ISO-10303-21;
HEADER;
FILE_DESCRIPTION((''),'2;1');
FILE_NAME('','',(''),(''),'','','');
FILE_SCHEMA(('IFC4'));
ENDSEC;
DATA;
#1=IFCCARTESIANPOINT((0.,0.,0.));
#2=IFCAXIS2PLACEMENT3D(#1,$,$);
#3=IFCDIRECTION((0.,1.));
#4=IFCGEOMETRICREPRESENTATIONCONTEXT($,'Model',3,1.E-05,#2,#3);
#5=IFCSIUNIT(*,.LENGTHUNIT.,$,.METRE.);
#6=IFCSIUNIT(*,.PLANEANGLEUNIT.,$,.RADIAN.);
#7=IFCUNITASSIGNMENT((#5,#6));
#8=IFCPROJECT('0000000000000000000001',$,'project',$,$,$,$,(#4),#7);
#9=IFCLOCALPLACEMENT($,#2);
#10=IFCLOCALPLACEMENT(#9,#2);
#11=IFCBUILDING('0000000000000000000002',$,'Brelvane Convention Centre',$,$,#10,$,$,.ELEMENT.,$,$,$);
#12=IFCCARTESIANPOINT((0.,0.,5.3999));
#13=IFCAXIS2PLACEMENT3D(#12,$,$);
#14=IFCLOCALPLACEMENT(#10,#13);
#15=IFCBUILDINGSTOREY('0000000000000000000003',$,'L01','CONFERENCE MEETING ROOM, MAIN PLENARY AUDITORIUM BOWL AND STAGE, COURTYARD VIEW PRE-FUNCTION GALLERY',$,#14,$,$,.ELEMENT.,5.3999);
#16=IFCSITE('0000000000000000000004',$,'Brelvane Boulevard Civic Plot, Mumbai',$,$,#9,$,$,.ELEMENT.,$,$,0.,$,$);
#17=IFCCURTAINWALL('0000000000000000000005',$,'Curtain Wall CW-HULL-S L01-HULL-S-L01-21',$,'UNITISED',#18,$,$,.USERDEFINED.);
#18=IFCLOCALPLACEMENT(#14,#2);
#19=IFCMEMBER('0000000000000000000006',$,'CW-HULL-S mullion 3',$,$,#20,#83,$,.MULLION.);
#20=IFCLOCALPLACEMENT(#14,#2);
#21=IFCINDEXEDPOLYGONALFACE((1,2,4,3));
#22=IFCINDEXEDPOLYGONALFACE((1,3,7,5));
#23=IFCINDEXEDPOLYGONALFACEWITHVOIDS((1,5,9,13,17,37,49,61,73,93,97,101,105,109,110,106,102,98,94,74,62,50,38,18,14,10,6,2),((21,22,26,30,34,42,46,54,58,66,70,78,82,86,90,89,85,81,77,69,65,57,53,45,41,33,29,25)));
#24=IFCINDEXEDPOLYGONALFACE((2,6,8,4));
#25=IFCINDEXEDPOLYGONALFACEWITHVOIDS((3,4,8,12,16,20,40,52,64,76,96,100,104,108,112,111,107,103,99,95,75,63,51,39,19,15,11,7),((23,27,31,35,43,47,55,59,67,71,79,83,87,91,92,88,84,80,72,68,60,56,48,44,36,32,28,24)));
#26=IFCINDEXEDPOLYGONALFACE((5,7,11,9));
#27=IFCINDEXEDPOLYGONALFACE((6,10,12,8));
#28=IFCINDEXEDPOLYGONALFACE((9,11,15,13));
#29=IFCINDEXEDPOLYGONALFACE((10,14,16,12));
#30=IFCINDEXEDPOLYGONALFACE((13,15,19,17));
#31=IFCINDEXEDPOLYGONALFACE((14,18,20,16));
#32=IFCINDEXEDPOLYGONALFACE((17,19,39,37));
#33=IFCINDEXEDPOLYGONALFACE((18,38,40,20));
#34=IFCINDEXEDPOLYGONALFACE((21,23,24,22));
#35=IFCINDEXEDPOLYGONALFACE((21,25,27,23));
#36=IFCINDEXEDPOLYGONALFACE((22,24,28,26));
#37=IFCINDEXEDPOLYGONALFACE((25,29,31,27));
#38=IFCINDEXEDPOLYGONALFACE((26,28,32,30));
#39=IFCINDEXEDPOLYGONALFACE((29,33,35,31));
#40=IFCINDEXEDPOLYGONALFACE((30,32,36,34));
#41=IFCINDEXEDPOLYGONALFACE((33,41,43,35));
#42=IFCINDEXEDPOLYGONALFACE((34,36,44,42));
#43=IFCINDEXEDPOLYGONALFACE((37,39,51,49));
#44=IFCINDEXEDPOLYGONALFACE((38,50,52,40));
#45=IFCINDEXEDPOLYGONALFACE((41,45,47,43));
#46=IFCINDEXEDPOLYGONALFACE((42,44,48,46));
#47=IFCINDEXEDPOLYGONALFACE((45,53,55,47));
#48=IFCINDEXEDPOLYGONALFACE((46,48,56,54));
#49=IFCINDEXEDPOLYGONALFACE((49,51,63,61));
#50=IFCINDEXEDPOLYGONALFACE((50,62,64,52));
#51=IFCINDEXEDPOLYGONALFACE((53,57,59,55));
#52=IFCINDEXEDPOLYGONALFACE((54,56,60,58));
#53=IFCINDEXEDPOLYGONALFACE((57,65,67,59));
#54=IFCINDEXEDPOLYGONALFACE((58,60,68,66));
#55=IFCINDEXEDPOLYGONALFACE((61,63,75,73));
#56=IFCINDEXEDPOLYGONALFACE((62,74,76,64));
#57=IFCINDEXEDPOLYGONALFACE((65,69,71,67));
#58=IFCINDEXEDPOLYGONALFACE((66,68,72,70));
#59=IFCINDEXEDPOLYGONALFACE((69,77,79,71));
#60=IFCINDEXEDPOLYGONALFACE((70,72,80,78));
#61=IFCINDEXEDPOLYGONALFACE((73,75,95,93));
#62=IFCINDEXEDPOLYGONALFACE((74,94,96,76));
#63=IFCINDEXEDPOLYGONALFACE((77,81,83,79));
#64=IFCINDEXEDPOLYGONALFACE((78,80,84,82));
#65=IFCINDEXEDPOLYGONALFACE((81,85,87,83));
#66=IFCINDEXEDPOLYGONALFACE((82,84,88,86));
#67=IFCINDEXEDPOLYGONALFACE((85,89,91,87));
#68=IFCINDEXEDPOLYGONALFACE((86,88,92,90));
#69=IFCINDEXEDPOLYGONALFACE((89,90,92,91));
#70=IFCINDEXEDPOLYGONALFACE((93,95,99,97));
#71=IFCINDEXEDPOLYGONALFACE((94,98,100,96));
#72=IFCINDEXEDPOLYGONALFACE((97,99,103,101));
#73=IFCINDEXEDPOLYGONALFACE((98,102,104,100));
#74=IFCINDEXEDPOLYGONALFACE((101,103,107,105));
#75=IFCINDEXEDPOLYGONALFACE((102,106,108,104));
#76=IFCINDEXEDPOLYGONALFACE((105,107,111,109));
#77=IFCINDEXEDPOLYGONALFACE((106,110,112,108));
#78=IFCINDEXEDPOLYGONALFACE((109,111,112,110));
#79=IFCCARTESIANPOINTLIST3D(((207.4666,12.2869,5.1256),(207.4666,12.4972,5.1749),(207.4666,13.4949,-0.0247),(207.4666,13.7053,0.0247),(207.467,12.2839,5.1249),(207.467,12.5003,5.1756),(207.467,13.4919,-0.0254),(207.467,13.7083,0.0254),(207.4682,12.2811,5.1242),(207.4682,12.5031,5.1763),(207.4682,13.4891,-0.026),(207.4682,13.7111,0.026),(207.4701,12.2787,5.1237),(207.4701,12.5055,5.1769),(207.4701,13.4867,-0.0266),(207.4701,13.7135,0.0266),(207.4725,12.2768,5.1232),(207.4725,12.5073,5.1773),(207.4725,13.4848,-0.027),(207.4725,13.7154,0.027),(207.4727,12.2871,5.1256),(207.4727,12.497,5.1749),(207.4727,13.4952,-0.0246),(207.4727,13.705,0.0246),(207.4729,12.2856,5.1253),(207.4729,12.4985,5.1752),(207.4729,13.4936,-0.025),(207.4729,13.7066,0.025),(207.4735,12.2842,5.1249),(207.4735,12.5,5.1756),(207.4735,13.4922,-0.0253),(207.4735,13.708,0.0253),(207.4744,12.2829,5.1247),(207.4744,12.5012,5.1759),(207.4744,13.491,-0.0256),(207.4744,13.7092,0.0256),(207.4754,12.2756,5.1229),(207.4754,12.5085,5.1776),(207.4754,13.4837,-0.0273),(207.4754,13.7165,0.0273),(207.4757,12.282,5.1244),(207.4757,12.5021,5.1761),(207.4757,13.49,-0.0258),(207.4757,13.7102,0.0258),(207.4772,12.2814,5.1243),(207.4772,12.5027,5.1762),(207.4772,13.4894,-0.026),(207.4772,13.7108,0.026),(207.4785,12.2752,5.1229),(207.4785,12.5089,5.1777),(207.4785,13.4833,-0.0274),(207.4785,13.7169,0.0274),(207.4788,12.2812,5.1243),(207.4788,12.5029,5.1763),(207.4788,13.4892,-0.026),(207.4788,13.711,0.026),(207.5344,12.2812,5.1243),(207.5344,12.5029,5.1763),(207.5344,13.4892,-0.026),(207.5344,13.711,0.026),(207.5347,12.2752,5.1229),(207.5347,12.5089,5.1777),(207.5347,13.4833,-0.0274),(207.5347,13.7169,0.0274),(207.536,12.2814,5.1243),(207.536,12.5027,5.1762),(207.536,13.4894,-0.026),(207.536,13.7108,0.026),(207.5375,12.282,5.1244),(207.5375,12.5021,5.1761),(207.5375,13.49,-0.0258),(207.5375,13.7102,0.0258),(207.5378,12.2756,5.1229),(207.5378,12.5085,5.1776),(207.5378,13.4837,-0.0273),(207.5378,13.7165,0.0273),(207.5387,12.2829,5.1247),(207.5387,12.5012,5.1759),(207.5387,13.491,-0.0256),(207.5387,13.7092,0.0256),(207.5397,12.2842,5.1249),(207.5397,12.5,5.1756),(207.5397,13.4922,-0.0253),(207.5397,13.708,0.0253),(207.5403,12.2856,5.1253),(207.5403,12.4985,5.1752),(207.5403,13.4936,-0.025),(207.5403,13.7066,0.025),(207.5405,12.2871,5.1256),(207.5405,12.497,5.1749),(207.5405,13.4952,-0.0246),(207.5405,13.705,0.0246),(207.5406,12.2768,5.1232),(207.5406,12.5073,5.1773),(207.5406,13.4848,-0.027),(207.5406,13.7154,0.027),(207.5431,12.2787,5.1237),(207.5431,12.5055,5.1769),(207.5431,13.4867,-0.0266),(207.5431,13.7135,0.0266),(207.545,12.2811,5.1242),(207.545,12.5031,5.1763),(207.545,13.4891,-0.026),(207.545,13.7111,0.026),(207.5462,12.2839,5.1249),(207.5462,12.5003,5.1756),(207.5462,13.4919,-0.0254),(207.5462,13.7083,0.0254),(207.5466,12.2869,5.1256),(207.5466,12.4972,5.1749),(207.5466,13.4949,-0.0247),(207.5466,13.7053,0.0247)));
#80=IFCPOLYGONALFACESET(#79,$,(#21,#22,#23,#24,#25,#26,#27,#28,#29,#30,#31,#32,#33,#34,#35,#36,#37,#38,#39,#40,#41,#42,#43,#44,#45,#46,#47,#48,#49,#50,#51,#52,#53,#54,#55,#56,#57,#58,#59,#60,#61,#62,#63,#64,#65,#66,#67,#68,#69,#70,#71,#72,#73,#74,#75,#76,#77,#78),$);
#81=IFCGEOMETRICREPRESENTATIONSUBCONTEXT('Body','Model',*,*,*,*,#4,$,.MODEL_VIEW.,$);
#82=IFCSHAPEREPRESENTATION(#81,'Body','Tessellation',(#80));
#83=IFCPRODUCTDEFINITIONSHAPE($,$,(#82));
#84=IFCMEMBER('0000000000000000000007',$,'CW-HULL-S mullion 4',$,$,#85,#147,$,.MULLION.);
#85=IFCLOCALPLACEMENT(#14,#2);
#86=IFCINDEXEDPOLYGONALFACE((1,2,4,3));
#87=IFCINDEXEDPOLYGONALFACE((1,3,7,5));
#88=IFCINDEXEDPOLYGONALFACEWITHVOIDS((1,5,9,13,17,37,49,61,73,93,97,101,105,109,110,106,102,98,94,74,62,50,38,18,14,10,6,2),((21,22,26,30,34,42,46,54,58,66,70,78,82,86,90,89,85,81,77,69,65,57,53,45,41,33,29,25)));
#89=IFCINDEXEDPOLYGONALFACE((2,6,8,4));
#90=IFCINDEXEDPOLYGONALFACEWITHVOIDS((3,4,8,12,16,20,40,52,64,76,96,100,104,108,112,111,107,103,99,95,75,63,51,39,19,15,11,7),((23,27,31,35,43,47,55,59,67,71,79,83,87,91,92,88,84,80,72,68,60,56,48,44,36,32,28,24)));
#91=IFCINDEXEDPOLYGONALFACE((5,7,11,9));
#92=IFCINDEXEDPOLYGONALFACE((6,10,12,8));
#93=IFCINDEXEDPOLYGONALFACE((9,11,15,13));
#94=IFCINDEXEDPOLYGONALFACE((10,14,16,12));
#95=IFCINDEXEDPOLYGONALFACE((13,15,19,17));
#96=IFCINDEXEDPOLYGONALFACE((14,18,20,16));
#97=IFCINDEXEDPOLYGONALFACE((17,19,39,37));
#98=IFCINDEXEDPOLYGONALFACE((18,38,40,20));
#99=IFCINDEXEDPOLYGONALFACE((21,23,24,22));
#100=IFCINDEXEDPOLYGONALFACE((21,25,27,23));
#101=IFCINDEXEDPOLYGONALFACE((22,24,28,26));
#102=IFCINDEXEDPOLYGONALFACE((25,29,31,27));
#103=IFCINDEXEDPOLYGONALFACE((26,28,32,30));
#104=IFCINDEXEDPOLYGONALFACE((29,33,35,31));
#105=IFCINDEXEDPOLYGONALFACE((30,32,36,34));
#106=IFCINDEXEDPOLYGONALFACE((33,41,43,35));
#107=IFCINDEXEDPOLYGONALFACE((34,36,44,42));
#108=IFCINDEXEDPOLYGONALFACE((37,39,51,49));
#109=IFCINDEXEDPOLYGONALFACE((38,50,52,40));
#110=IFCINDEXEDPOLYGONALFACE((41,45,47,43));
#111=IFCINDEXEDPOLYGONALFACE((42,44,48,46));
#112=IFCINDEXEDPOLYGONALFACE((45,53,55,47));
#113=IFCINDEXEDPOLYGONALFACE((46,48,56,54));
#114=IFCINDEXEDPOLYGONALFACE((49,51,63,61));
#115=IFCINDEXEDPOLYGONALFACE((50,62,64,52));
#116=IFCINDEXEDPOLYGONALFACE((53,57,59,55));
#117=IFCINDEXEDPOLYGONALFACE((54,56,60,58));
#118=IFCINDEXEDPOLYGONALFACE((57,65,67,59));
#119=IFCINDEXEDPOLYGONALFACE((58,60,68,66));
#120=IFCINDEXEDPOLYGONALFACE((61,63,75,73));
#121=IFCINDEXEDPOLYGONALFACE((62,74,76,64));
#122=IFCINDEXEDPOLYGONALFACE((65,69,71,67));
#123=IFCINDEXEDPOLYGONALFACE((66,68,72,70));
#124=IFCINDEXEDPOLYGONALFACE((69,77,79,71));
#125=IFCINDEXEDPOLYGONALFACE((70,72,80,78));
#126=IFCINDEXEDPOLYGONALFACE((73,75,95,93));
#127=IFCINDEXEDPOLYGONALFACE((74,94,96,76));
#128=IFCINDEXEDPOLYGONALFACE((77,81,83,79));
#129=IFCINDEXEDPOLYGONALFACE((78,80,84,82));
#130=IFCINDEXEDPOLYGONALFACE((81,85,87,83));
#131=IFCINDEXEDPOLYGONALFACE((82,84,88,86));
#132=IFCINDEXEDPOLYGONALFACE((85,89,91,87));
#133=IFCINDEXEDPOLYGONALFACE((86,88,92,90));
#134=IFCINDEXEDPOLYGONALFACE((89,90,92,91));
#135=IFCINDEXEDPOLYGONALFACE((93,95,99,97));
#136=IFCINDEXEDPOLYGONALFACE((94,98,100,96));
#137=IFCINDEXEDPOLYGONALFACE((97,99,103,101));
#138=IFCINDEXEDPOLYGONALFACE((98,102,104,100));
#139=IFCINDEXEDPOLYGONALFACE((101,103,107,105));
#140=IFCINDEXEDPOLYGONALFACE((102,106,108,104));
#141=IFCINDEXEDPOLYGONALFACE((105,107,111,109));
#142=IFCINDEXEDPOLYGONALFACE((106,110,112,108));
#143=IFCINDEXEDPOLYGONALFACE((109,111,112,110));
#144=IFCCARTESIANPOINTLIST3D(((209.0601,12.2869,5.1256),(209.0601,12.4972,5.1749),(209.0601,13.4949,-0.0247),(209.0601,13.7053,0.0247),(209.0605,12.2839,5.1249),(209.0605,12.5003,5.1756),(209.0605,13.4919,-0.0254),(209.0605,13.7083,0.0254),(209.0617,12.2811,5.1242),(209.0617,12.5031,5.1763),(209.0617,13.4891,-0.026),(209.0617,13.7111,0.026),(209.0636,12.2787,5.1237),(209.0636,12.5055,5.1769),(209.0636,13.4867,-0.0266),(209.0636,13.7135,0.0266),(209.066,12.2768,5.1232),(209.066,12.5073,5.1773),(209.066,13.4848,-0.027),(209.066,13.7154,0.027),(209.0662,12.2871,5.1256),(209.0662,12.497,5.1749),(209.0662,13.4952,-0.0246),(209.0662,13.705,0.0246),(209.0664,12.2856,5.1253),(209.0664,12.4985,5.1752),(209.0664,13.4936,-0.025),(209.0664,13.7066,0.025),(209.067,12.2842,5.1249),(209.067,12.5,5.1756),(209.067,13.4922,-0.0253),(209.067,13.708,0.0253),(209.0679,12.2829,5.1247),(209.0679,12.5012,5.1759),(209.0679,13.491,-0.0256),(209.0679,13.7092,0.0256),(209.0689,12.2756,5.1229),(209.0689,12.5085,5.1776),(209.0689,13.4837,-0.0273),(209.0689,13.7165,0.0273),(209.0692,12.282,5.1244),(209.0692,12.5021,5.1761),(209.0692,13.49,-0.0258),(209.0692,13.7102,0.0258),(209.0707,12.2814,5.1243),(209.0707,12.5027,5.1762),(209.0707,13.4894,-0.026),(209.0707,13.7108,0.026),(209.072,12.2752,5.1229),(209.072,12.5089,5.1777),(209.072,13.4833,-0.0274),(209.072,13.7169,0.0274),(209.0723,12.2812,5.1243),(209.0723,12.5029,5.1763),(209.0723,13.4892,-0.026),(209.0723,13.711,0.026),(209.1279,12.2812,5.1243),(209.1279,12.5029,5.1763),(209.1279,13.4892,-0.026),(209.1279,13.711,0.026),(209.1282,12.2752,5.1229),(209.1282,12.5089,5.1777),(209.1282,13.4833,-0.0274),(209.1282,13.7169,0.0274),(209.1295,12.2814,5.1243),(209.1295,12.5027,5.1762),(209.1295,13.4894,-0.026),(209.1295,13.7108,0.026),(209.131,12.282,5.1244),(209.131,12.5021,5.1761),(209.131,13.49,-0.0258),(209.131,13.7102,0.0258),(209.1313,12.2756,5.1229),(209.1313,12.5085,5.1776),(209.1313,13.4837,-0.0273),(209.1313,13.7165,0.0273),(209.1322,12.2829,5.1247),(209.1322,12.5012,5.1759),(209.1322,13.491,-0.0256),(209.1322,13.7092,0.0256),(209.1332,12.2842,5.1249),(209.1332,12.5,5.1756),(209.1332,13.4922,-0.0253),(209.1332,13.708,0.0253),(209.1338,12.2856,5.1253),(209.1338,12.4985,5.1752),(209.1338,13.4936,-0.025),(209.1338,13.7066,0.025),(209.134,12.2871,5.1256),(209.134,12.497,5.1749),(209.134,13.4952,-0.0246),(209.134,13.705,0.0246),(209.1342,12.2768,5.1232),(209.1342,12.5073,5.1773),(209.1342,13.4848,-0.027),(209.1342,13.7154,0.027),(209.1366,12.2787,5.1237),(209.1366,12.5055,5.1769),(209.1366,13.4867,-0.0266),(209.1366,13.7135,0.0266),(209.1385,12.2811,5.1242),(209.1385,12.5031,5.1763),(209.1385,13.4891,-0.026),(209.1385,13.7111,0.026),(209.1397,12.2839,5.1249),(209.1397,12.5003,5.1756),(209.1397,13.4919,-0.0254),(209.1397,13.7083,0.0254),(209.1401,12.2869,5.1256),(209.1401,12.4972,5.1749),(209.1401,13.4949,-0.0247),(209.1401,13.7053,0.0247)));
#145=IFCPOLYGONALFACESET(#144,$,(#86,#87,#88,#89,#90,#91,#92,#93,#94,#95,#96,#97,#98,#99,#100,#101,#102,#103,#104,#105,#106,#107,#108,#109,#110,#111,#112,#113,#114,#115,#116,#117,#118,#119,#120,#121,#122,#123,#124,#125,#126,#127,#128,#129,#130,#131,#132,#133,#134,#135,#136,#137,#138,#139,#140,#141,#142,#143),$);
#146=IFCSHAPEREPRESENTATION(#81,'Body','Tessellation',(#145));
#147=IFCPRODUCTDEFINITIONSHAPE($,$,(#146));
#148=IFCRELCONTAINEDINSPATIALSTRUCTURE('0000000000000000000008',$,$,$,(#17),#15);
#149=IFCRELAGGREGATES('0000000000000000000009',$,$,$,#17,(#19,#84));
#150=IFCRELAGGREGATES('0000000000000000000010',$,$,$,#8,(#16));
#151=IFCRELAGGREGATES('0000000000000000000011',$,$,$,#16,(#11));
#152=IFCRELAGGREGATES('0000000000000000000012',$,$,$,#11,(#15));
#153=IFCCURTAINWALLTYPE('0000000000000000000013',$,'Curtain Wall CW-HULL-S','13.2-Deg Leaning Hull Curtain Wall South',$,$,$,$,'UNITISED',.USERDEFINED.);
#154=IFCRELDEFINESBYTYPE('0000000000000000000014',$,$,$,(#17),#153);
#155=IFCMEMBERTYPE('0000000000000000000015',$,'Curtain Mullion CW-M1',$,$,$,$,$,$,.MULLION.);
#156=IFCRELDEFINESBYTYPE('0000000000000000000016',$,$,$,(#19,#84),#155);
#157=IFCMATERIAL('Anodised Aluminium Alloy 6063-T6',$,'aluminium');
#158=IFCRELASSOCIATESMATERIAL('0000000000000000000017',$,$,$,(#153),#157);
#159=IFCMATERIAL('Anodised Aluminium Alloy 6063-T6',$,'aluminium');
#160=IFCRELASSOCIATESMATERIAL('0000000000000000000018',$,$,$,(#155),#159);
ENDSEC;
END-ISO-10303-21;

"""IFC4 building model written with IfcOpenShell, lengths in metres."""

from ifc_helpers import new_model, si_unit, direction, frame, origin, origin_2d, place, context, subcontext, project, spatial, hollow_rectangle, extrude, material, material_profile, profile_set, type_object, element, aggregate, save


model = new_model("IFC4")

# Units and contexts
model_context = context("Model", 3, precision=1e-05, world=origin(), true_north=direction((0.0, 1.0)))
body_context = subcontext(model_context, "Body", "Model", "MODEL_VIEW")
ifc_project = project(units=[si_unit("LENGTHUNIT", "METRE"), si_unit("PLANEANGLEUNIT", "RADIAN")], contexts=[model_context])

# Site, building, storey
site_placement = place(None, origin())
site = spatial("IfcSite", under=ifc_project, at=site_placement, Name="Brelvane Boulevard Civic Plot, Mumbai", CompositionType="ELEMENT", RefElevation=0.0)
building_placement = place(site_placement, origin())
building = spatial("IfcBuilding", under=site, at=building_placement, Name="Brelvane Convention Centre", CompositionType="ELEMENT")
storey_placement = place(building_placement, frame((0.0, 0.0, 5.3999)))
storey = spatial("IfcBuildingStorey", under=building, at=storey_placement, Name="L01", Description="CONFERENCE MEETING ROOM, MAIN PLENARY AUDITORIUM BOWL AND STAGE, COURTYARD VIEW PRE-FUNCTION GALLERY", CompositionType="ELEMENT", Elevation=5.3999)

# Curtain wall, members
ifc_material_1 = material(Name="Anodised Aluminium Alloy 6063-T6", Category="aluminium")
curtain_wall_type = type_object("IfcCurtainWallType", Name="Curtain Wall CW-HULL-S", Description="13.2-Deg Leaning Hull Curtain Wall South", ElementType="UNITISED", PredefinedType="USERDEFINED", material=ifc_material_1)
ifc_material_2 = material(Name="Anodised Aluminium Alloy 6063-T6", Category="aluminium")
ifc_material_profile_1 = material_profile(ifc_material_2, hollow_rectangle(XDim=0.0801, YDim=0.24, WallThickness=0.0061, InnerFilletRadius=0.0061, OuterFilletRadius=0.012, at=origin_2d()), Name="ALU-M 240x80x6.0")
ifc_profile_set_1 = profile_set([ifc_material_profile_1], Name="Anodised Aluminium Alloy 6063-T6")
member_type_1 = type_object("IfcMemberType", Name="Curtain Mullion CW-M1", PredefinedType="MULLION", material=ifc_profile_set_1)
curtain_wall_1_placement = place(storey_placement, origin())
curtain_wall_1 = element("IfcCurtainWall", 1, at=curtain_wall_1_placement, inside=storey, type_object=curtain_wall_type, Name="Curtain Wall CW-HULL-S L01-HULL-S-L01-21", ObjectType="UNITISED", PredefinedType="USERDEFINED")
member_1_placement = place(storey_placement, frame((207.5066, 13.6001, 0.0), z_axis=(0.0, -0.22836, 0.973577), x_axis=(1.0, 0.0, 0.0)))
member_1 = element("IfcMember", 2, at=member_1_placement, type_object=member_type_1, Name="CW-HULL-S mullion 3", PredefinedType="MULLION", context=body_context, shape_type="SweptSolid", body=[
    extrude(hollow_rectangle(XDim=0.0801, YDim=0.24, WallThickness=0.0061, InnerFilletRadius=0.0061, OuterFilletRadius=0.012, at=origin_2d()), origin(), (0.0, 0.0, 1.0), 5.29),
])
member_2_placement = place(storey_placement, frame((209.1001, 13.6001, 0.0), z_axis=(0.0, -0.22836, 0.973577), x_axis=(1.0, 0.0, 0.0)))
member_2 = element("IfcMember", 3, at=member_2_placement, type_object=member_type_1, Name="CW-HULL-S mullion 4", PredefinedType="MULLION", context=body_context, shape_type="SweptSolid", body=[
    extrude(hollow_rectangle(XDim=0.0801, YDim=0.24, WallThickness=0.0061, InnerFilletRadius=0.0061, OuterFilletRadius=0.012, at=origin_2d()), origin(), (0.0, 0.0, 1.0), 5.29),
])

aggregate(curtain_wall_1, [member_1, member_2])

save(model, "model.ifc")
